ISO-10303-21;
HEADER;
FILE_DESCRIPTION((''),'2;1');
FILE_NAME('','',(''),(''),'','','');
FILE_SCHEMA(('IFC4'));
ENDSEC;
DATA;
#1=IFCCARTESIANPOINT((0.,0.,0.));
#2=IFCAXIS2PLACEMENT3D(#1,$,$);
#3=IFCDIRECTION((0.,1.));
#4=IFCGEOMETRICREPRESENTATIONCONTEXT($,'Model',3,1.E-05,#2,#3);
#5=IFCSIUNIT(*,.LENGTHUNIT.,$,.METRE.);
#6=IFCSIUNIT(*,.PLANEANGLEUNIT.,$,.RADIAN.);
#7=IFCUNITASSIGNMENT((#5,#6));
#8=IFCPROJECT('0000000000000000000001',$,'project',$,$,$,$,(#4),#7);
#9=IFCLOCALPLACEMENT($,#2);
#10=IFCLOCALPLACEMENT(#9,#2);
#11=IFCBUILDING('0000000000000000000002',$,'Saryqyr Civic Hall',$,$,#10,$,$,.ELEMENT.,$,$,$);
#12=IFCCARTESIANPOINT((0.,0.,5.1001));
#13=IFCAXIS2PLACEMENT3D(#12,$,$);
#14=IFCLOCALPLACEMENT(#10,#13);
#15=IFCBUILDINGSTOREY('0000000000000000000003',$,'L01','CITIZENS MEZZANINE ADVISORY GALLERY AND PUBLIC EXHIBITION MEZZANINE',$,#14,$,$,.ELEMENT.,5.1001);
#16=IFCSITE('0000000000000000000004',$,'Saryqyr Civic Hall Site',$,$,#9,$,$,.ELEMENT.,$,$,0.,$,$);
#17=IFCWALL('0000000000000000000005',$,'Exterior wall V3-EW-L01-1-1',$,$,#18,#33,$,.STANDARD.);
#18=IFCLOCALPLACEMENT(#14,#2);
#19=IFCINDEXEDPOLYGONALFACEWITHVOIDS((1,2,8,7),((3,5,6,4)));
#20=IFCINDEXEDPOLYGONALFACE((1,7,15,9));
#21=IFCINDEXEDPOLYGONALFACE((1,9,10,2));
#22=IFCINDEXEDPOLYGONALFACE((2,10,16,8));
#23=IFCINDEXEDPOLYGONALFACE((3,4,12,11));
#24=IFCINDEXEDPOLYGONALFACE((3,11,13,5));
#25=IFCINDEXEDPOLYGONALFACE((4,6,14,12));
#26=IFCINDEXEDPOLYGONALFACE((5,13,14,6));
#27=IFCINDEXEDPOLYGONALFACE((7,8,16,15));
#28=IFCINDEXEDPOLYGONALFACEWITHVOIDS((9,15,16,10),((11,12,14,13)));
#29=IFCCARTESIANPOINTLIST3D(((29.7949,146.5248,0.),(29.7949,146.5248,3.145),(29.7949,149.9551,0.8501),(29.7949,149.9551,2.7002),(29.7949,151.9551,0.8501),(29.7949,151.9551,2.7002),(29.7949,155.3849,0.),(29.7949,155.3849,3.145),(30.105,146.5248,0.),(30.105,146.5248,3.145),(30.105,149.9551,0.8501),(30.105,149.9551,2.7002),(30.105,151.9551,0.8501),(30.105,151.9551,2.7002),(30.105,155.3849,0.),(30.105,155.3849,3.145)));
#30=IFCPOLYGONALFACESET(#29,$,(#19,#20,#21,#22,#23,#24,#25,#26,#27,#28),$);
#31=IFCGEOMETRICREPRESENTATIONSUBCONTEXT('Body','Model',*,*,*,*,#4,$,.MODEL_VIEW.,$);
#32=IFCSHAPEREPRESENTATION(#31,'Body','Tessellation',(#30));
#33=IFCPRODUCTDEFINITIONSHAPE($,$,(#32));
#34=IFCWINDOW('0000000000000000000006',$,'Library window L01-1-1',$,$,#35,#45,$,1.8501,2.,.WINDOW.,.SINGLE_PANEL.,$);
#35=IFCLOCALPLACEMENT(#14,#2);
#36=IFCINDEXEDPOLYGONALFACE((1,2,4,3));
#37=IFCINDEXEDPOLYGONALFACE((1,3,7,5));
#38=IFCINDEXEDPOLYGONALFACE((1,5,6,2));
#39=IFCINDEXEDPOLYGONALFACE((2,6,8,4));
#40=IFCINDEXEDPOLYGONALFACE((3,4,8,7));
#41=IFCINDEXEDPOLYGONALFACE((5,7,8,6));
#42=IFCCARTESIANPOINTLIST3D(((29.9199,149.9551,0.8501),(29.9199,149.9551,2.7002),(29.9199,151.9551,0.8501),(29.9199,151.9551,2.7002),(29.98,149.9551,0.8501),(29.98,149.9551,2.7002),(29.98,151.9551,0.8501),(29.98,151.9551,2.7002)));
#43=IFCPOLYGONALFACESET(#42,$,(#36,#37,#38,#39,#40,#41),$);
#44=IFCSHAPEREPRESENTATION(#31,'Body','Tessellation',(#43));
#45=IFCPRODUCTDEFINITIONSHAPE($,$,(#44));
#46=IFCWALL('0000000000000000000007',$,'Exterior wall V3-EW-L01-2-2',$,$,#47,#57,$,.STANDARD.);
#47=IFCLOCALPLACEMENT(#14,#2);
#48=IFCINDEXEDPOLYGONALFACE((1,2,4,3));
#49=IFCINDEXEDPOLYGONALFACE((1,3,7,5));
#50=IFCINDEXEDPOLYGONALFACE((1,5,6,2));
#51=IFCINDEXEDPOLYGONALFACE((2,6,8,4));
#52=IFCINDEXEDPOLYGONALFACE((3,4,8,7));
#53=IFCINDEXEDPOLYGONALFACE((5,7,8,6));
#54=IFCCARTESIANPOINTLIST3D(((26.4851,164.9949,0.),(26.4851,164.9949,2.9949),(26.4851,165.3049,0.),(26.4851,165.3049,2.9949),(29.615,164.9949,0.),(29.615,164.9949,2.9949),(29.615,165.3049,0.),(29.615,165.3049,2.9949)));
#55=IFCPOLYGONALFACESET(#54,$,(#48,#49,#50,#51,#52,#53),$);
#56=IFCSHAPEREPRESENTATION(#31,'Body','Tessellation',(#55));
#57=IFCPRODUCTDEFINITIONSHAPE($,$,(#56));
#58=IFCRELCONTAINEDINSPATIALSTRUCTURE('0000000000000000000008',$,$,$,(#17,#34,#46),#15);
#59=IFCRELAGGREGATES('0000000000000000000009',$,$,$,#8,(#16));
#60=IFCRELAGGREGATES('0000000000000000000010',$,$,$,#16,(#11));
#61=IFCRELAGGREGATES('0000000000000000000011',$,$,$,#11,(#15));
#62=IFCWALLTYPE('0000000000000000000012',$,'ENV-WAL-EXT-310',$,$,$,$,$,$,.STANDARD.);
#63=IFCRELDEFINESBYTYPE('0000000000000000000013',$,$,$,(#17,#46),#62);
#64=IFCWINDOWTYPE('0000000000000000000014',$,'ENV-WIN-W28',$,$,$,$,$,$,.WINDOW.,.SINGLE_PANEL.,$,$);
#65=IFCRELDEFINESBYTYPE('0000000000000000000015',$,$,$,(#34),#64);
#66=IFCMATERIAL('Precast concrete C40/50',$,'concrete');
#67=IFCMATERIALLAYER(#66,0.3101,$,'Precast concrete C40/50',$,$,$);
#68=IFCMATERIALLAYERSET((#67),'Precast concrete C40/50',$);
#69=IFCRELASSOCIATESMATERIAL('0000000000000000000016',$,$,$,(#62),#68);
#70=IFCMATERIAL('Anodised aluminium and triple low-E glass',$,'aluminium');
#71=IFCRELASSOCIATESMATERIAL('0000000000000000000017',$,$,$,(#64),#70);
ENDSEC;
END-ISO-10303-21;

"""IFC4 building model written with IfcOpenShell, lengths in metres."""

from ifc_helpers import new_model, si_unit, direction, frame, frame_2d, origin, place, context, subcontext, project, spatial, rectangle, extrude, material, layer, layer_set, type_object, element, fill, save


model = new_model("IFC4")

# Units and contexts
model_context = context("Model", 3, precision=1e-05, world=origin(), true_north=direction((0.0, 1.0)))
body_context = subcontext(model_context, "Body", "Model", "MODEL_VIEW")
ifc_project = project(units=[si_unit("LENGTHUNIT", "METRE"), si_unit("PLANEANGLEUNIT", "RADIAN")], contexts=[model_context])

# Site, building, storey
site_placement = place(None, origin())
site = spatial("IfcSite", under=ifc_project, at=site_placement, Name="Saryqyr Civic Hall Site", CompositionType="ELEMENT", RefElevation=0.0)
building_placement = place(site_placement, origin())
building = spatial("IfcBuilding", under=site, at=building_placement, Name="Saryqyr Civic Hall", CompositionType="ELEMENT")
storey_placement = place(building_placement, frame((0.0, 0.0, 5.1001)))
storey = spatial("IfcBuildingStorey", under=building, at=storey_placement, Name="L01", Description="CITIZENS MEZZANINE ADVISORY GALLERY AND PUBLIC EXHIBITION MEZZANINE", CompositionType="ELEMENT", Elevation=5.1001)

# Wall, opening, window
ifc_material_1 = material(Name="Precast concrete C40/50", Category="concrete")
ifc_layer_1 = layer(ifc_material_1, 0.3101, Name="Precast concrete C40/50")
ifc_layer_set_1 = layer_set([ifc_layer_1], Name="Precast concrete C40/50")
wall_type = type_object("IfcWallType", Name="ENV-WAL-EXT-310", PredefinedType="STANDARD", material=ifc_layer_set_1)
ifc_material_2 = material(Name="Anodised aluminium and triple low-E glass", Category="aluminium")
wall_1_placement = place(storey_placement, frame((29.95, 155.385, 0.0), z_axis=(0.0, 0.0, 1.0), x_axis=(0.0, -1.0, 0.0)))
wall_1 = element("IfcWall", 1, at=wall_1_placement, inside=storey, type_object=wall_type, Name="Exterior wall V3-EW-L01-1-1", PredefinedType="STANDARD", context=body_context, shape_type="SweptSolid", body=[
    extrude(rectangle(XDim=8.8601, YDim=0.3101, at=frame_2d((4.4302, 0.0))), origin(), (0.0, 0.0, 1.0), 3.145),
])
opening_1_placement = place(wall_1_placement, frame((3.4299, 0.0, 0.8501)))
opening_1 = element("IfcOpeningElement", 2, at=opening_1_placement, cuts=wall_1, PredefinedType="OPENING", context=body_context, shape_type="SweptSolid", body=[
    extrude(rectangle(XDim=2.0, YDim=1.8501, at=frame_2d((1.0, 0.925))), frame((0.0, 0.165, 0.0), z_axis=(0.0, -1.0, 0.0), x_axis=(1.0, 0.0, 0.0)), (0.0, 0.0, 1.0), 0.3301),
])
window_type_1 = type_object("IfcWindowType", Name="ENV-WIN-W28", PartitioningType="SINGLE_PANEL", PredefinedType="WINDOW", material=ifc_material_2)
window_1_placement = place(opening_1_placement, origin())
window_1 = element("IfcWindow", 3, at=window_1_placement, inside=storey, type_object=window_type_1, Name="Library window L01-1-1", OverallHeight=1.8501, OverallWidth=2.0, PartitioningType="SINGLE_PANEL", PredefinedType="WINDOW", context=body_context, shape_type="SweptSolid", body=[
    extrude(rectangle(XDim=2.0, YDim=1.8501, at=frame_2d((1.0, 0.925))), frame((0.0, 0.03, 0.0), z_axis=(0.0, -1.0, 0.0), x_axis=(1.0, 0.0, 0.0)), (0.0, 0.0, 1.0), 0.0601),
])
fill(opening_1, window_1)

# Wall
wall_2_placement = place(storey_placement, frame((26.4851, 165.1499, 0.0), z_axis=(0.0, 0.0, 1.0), x_axis=(1.0, 0.0, 0.0)))
element("IfcWall", 4, at=wall_2_placement, inside=storey, type_object=wall_type, Name="Exterior wall V3-EW-L01-2-2", PredefinedType="STANDARD", context=body_context, shape_type="SweptSolid", body=[
    extrude(rectangle(XDim=3.1299, YDim=0.3101, at=frame_2d((1.5649, 0.0))), origin(), (0.0, 0.0, 1.0), 2.9949),
])

save(model, "model.ifc")
